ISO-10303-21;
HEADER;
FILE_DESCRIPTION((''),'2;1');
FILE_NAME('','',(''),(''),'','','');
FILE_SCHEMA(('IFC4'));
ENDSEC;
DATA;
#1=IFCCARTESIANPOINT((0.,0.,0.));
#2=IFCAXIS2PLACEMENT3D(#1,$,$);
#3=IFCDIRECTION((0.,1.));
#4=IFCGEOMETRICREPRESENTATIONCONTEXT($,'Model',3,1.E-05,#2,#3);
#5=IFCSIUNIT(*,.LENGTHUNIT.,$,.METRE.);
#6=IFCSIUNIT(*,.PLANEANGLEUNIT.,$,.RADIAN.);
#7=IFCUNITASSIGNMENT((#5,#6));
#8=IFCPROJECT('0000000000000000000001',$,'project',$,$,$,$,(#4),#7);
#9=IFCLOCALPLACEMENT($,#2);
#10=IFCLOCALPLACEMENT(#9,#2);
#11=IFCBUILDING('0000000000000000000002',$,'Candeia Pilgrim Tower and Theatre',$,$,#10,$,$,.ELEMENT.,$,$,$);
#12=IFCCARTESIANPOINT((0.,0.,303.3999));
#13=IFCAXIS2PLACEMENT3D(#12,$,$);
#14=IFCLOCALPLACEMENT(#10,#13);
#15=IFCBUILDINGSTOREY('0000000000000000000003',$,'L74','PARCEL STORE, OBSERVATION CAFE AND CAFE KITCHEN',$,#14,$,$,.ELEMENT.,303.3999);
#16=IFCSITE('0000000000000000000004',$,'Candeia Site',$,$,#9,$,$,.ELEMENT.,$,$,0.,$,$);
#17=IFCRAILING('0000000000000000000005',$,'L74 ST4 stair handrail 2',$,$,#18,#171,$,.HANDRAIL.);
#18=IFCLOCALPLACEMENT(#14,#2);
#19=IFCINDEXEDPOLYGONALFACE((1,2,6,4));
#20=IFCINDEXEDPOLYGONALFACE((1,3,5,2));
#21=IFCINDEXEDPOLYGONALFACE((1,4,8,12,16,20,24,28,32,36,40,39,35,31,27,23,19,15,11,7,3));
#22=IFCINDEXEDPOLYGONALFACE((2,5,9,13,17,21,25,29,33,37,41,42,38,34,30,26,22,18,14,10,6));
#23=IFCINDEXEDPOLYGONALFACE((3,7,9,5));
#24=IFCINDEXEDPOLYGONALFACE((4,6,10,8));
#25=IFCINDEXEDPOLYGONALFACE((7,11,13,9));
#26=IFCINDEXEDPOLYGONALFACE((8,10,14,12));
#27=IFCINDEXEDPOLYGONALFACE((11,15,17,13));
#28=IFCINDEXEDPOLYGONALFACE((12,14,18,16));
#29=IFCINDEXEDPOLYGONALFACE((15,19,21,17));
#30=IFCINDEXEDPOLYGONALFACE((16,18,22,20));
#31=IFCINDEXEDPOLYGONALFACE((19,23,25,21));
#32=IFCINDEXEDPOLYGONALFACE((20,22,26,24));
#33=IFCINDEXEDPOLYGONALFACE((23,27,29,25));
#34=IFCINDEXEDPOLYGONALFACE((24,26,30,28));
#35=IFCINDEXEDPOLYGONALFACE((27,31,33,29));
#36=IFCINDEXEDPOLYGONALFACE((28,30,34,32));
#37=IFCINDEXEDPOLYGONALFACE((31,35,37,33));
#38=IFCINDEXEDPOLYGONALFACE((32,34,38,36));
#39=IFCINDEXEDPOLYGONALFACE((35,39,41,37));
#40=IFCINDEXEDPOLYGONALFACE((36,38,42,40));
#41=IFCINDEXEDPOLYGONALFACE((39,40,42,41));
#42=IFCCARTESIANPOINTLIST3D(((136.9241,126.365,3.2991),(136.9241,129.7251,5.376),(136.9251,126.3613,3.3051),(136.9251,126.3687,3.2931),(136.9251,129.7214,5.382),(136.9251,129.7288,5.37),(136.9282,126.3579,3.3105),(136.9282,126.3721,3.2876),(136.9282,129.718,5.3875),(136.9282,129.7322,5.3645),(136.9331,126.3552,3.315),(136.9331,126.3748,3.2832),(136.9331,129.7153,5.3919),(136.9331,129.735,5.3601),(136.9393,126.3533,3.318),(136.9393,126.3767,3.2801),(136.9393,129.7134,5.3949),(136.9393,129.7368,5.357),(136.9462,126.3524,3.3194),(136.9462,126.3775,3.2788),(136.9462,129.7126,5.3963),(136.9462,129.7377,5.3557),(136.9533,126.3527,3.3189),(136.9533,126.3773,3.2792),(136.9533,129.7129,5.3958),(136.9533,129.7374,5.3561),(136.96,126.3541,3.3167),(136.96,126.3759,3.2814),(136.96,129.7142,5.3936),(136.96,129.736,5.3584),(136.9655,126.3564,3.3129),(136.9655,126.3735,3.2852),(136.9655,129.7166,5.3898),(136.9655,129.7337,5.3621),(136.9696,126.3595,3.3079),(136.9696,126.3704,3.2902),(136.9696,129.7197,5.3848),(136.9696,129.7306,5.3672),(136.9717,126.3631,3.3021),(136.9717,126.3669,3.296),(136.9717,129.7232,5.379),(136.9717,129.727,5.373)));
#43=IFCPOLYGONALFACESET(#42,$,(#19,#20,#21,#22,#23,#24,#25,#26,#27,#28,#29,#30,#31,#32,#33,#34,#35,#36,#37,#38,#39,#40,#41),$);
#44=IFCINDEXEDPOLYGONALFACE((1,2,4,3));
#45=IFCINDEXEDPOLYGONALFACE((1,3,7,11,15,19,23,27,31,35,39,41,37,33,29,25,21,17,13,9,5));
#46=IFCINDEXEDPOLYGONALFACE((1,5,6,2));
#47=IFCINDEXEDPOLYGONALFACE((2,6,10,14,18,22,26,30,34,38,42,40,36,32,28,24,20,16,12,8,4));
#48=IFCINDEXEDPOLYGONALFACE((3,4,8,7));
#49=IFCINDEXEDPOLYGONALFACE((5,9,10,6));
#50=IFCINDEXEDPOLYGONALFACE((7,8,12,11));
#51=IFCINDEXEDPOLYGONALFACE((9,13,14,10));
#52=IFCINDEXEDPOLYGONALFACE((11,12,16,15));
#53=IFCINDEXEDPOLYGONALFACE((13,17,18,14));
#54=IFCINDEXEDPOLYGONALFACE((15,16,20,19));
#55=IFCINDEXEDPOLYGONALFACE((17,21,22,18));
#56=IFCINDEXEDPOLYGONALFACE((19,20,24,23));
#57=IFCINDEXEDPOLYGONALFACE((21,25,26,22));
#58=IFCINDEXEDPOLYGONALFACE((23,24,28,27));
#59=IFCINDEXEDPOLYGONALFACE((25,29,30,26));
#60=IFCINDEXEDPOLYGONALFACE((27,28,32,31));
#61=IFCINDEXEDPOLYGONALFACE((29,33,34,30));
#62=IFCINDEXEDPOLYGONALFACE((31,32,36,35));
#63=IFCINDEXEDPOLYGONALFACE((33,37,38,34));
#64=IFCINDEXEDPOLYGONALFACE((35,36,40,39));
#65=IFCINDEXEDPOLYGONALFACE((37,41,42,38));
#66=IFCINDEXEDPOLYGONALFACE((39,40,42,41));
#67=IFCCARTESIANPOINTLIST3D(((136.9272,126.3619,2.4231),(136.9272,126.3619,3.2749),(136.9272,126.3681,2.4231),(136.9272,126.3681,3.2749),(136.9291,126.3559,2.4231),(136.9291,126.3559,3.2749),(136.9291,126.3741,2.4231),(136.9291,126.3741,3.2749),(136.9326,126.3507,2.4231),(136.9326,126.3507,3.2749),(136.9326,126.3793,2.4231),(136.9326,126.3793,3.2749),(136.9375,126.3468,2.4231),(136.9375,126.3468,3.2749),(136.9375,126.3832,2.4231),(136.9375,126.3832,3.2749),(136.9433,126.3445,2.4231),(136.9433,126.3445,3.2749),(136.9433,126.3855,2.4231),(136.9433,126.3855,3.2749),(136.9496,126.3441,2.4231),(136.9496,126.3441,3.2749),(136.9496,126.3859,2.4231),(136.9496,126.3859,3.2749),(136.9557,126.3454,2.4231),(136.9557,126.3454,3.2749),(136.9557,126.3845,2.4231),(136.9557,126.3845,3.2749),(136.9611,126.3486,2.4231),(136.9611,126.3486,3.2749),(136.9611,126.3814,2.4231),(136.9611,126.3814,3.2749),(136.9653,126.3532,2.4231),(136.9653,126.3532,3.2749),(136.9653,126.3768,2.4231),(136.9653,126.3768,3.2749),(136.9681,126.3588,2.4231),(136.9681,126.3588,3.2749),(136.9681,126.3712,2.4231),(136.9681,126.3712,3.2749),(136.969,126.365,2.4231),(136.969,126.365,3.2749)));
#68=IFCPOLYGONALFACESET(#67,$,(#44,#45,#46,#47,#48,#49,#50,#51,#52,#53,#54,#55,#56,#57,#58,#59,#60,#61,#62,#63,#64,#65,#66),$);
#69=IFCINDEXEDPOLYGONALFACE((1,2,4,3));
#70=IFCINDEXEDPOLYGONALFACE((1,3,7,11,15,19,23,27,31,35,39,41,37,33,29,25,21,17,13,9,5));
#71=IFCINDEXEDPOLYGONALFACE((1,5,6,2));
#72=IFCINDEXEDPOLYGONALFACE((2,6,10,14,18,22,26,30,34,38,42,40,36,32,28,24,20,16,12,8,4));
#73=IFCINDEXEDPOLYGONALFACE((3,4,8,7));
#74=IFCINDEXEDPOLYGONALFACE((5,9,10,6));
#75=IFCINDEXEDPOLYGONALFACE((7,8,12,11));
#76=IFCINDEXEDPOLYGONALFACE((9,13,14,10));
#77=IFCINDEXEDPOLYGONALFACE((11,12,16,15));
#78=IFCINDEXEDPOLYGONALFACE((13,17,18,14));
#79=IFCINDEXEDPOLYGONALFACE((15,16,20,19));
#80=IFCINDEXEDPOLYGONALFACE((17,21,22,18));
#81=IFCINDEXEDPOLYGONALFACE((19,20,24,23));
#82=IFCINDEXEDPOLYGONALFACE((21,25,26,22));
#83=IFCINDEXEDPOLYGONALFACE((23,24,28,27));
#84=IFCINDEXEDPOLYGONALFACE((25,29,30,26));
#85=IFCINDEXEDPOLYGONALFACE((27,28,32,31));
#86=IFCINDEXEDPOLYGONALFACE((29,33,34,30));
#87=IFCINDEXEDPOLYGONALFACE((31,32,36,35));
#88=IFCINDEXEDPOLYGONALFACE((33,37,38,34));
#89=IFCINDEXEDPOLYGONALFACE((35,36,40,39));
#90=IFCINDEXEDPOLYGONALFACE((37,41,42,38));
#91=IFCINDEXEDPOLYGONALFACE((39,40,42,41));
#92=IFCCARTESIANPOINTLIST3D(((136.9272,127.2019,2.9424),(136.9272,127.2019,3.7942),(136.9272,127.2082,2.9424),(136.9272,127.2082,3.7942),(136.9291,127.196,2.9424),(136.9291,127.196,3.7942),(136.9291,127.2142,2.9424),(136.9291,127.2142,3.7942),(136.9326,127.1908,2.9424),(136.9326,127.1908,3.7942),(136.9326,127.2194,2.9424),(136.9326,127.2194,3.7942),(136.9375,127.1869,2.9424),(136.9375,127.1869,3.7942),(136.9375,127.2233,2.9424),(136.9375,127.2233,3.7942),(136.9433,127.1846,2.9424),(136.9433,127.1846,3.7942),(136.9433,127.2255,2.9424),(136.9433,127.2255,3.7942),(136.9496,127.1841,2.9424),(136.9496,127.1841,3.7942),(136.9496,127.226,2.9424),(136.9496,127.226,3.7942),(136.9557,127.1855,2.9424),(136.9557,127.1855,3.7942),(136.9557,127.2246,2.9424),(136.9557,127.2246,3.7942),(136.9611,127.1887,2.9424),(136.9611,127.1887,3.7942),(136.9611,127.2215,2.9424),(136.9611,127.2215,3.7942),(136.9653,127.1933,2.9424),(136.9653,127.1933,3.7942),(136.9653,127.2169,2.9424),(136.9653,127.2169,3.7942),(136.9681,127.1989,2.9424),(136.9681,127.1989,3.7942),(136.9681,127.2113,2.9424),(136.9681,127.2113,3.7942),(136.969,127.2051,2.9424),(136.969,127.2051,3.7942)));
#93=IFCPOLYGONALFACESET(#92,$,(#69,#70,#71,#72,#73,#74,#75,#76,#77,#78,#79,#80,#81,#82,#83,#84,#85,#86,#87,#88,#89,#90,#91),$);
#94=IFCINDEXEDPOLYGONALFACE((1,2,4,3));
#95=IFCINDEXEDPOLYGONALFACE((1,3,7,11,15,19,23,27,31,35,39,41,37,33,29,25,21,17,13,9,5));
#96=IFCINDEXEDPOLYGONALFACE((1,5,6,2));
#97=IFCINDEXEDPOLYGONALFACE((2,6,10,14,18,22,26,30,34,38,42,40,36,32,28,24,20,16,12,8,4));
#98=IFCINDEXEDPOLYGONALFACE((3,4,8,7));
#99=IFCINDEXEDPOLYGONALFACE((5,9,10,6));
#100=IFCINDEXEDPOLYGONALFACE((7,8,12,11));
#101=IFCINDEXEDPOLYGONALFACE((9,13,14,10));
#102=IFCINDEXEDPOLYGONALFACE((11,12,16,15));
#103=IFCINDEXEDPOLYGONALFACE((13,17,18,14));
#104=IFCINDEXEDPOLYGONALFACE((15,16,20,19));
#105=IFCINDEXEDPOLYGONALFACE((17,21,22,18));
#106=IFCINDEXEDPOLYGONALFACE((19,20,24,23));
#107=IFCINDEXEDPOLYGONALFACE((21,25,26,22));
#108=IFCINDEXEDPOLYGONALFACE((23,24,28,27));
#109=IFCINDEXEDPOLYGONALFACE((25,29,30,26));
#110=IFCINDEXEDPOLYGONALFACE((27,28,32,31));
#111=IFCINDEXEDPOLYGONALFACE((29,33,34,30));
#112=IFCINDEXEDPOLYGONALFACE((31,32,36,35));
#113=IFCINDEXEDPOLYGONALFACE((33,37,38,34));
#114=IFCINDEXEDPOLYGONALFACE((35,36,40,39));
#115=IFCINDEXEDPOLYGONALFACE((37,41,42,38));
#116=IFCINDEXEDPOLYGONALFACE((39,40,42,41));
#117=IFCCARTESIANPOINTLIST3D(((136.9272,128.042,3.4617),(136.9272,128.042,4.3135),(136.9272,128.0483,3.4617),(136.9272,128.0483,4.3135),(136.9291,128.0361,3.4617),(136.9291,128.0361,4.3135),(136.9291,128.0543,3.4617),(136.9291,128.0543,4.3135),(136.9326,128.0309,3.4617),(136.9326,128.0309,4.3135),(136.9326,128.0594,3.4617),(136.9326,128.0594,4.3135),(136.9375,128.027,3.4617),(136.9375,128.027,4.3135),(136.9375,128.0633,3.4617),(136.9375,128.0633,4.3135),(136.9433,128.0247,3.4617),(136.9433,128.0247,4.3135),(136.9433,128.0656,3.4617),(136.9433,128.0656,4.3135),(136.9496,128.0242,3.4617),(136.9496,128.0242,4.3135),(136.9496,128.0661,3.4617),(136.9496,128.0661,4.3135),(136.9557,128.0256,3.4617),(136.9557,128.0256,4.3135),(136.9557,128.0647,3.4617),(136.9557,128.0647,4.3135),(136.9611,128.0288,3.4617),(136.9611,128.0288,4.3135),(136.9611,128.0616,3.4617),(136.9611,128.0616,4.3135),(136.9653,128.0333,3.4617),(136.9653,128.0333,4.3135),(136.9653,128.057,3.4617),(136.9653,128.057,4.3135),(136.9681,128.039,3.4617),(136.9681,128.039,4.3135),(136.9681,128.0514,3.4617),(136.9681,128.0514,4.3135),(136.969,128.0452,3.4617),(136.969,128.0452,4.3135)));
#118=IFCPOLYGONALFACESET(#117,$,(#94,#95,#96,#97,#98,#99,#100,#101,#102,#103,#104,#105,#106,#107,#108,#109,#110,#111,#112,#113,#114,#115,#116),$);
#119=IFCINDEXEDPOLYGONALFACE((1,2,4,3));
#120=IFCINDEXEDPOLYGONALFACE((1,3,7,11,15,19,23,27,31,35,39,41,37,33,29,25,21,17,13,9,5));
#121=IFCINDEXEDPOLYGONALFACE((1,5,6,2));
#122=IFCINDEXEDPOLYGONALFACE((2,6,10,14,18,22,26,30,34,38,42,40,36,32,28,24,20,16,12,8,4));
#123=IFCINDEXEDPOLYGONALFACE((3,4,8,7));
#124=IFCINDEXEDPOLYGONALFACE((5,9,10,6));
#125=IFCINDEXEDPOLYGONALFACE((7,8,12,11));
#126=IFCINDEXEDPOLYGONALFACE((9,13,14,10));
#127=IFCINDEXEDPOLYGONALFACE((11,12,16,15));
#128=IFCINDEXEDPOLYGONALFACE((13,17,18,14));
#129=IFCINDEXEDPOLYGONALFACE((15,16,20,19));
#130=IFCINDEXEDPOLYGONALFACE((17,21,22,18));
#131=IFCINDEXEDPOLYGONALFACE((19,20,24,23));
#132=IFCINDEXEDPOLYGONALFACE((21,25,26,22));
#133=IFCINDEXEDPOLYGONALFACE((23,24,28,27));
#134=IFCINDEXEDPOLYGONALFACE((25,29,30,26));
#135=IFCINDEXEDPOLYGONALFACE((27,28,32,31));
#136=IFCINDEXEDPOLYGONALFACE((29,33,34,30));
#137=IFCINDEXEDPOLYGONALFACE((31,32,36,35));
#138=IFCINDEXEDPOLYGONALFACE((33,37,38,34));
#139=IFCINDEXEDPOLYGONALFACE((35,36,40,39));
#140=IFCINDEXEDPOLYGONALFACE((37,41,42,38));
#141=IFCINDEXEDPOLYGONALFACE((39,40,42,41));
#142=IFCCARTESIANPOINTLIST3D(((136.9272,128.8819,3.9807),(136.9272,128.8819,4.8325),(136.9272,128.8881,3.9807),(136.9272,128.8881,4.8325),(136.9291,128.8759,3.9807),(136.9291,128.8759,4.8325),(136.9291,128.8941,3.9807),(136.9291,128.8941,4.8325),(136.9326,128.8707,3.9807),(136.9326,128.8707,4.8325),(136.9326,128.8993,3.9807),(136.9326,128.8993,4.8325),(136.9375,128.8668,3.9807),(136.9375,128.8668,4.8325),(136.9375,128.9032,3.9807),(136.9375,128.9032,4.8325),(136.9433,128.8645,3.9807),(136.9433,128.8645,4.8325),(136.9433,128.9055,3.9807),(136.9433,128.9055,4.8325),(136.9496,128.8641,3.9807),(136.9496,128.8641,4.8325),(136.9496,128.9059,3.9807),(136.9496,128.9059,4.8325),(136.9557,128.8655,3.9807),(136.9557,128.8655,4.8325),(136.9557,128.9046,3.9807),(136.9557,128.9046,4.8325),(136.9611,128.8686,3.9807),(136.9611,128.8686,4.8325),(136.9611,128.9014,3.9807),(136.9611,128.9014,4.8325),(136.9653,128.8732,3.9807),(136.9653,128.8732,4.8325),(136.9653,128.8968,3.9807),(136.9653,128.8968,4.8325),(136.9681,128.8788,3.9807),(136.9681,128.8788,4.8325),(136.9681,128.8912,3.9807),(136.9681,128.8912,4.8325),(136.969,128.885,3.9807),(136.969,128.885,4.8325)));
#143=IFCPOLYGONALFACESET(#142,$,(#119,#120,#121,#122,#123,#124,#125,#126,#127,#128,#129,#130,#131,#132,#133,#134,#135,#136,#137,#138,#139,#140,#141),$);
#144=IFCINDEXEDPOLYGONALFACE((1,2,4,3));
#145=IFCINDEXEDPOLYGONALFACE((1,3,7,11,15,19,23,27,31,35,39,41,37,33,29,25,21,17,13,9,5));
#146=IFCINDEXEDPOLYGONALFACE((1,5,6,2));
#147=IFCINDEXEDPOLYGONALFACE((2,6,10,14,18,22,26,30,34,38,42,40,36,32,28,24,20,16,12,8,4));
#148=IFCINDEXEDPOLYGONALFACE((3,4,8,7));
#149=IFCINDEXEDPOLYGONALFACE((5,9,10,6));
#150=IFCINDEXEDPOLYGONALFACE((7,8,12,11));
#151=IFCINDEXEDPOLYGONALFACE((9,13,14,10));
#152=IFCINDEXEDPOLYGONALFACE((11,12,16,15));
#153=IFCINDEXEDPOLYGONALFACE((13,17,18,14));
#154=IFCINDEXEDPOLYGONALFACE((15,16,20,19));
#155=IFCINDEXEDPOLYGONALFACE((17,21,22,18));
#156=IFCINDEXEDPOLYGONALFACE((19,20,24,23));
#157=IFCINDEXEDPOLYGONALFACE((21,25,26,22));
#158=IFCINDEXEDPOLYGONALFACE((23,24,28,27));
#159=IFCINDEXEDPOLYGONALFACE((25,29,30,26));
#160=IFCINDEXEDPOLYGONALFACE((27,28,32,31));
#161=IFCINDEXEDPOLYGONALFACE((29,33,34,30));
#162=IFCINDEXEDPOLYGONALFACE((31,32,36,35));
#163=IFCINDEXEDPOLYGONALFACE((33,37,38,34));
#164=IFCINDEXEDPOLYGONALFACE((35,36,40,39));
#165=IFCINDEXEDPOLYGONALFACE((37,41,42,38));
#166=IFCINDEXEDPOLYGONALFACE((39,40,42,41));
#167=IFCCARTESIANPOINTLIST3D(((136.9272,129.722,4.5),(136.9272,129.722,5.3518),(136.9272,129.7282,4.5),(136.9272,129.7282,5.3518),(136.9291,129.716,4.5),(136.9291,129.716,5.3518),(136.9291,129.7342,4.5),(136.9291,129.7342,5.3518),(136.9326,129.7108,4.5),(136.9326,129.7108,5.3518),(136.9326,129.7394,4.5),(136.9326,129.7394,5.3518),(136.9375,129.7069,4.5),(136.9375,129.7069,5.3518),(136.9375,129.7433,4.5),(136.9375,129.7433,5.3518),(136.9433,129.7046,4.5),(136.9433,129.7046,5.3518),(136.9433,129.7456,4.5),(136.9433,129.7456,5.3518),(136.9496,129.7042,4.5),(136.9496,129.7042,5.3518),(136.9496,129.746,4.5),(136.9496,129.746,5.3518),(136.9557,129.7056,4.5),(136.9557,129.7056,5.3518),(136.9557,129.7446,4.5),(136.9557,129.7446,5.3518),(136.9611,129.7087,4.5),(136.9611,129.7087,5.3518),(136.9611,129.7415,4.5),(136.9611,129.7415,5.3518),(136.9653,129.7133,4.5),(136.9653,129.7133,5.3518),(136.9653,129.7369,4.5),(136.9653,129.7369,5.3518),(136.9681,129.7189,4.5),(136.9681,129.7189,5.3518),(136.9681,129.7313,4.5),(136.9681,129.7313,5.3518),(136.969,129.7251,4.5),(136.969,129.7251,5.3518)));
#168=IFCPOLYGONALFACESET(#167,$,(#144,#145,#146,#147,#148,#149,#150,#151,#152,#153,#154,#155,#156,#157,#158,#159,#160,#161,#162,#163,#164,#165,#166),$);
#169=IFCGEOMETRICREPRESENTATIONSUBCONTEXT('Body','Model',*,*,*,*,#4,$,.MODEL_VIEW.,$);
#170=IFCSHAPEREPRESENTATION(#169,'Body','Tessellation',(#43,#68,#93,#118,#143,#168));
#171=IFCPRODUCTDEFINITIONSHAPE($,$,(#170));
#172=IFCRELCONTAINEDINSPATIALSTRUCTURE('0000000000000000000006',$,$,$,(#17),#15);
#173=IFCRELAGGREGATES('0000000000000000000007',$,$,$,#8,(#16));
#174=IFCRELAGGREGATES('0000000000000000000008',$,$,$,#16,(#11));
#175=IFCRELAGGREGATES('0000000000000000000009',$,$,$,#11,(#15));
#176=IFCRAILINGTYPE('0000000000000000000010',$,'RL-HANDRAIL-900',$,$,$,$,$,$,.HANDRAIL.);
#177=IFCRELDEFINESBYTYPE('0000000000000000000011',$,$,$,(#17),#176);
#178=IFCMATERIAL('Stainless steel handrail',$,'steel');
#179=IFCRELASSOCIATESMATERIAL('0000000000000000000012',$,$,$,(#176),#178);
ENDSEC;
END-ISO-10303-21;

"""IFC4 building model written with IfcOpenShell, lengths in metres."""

from ifc_helpers import new_model, si_unit, direction, frame, origin, origin_2d, place, context, subcontext, project, spatial, circle, extrude, material, type_object, element, save


model = new_model("IFC4")

# Units and contexts
model_context = context("Model", 3, precision=1e-05, world=origin(), true_north=direction((0.0, 1.0)))
body_context = subcontext(model_context, "Body", "Model", "MODEL_VIEW")
ifc_project = project(units=[si_unit("LENGTHUNIT", "METRE"), si_unit("PLANEANGLEUNIT", "RADIAN")], contexts=[model_context])

# Site, building, storey
site_placement = place(None, origin())
site = spatial("IfcSite", under=ifc_project, at=site_placement, Name="Candeia Site", CompositionType="ELEMENT", RefElevation=0.0)
building_placement = place(site_placement, origin())
building = spatial("IfcBuilding", under=site, at=building_placement, Name="Candeia Pilgrim Tower and Theatre", CompositionType="ELEMENT")
storey_placement = place(building_placement, frame((0.0, 0.0, 303.3999)))
storey = spatial("IfcBuildingStorey", under=building, at=storey_placement, Name="L74", Description="PARCEL STORE, OBSERVATION CAFE AND CAFE KITCHEN", CompositionType="ELEMENT", Elevation=303.3999)

# Railing
ifc_material_1 = material(Name="Stainless steel handrail", Category="steel")
railing_type_1 = type_object("IfcRailingType", Name="RL-HANDRAIL-900", PredefinedType="HANDRAIL", material=ifc_material_1)
railing_1_placement = place(storey_placement, frame((136.948, 126.365, 2.4231)))
element("IfcRailing", 1, at=railing_1_placement, inside=storey, type_object=railing_type_1, Name="L74 ST4 stair handrail 2", PredefinedType="HANDRAIL", context=body_context, shape_type="SweptSolid", body=[
    extrude(circle(Radius=0.0239, at=origin_2d()), frame((0.0, 0.0, 0.876), z_axis=(0.0, 0.850623, 0.525776), x_axis=(-1.0, 0.0, 0.0)), (0.0, 0.0, 1.0), 3.9502),
    extrude(circle(Radius=0.021, at=origin_2d()), origin(), (0.0, 0.0, 1.0), 0.8518),
    extrude(circle(Radius=0.021, at=origin_2d()), frame((0.0, 0.8401, 0.5193)), (0.0, 0.0, 1.0), 0.8518),
    extrude(circle(Radius=0.021, at=origin_2d()), frame((0.0, 1.6802, 1.0386)), (0.0, 0.0, 1.0), 0.8518),
    extrude(circle(Radius=0.021, at=origin_2d()), frame((0.0, 2.52, 1.5576)), (0.0, 0.0, 1.0), 0.8518),
    extrude(circle(Radius=0.021, at=origin_2d()), frame((0.0, 3.3601, 2.0769)), (0.0, 0.0, 1.0), 0.8518),
])

save(model, "model.ifc")
